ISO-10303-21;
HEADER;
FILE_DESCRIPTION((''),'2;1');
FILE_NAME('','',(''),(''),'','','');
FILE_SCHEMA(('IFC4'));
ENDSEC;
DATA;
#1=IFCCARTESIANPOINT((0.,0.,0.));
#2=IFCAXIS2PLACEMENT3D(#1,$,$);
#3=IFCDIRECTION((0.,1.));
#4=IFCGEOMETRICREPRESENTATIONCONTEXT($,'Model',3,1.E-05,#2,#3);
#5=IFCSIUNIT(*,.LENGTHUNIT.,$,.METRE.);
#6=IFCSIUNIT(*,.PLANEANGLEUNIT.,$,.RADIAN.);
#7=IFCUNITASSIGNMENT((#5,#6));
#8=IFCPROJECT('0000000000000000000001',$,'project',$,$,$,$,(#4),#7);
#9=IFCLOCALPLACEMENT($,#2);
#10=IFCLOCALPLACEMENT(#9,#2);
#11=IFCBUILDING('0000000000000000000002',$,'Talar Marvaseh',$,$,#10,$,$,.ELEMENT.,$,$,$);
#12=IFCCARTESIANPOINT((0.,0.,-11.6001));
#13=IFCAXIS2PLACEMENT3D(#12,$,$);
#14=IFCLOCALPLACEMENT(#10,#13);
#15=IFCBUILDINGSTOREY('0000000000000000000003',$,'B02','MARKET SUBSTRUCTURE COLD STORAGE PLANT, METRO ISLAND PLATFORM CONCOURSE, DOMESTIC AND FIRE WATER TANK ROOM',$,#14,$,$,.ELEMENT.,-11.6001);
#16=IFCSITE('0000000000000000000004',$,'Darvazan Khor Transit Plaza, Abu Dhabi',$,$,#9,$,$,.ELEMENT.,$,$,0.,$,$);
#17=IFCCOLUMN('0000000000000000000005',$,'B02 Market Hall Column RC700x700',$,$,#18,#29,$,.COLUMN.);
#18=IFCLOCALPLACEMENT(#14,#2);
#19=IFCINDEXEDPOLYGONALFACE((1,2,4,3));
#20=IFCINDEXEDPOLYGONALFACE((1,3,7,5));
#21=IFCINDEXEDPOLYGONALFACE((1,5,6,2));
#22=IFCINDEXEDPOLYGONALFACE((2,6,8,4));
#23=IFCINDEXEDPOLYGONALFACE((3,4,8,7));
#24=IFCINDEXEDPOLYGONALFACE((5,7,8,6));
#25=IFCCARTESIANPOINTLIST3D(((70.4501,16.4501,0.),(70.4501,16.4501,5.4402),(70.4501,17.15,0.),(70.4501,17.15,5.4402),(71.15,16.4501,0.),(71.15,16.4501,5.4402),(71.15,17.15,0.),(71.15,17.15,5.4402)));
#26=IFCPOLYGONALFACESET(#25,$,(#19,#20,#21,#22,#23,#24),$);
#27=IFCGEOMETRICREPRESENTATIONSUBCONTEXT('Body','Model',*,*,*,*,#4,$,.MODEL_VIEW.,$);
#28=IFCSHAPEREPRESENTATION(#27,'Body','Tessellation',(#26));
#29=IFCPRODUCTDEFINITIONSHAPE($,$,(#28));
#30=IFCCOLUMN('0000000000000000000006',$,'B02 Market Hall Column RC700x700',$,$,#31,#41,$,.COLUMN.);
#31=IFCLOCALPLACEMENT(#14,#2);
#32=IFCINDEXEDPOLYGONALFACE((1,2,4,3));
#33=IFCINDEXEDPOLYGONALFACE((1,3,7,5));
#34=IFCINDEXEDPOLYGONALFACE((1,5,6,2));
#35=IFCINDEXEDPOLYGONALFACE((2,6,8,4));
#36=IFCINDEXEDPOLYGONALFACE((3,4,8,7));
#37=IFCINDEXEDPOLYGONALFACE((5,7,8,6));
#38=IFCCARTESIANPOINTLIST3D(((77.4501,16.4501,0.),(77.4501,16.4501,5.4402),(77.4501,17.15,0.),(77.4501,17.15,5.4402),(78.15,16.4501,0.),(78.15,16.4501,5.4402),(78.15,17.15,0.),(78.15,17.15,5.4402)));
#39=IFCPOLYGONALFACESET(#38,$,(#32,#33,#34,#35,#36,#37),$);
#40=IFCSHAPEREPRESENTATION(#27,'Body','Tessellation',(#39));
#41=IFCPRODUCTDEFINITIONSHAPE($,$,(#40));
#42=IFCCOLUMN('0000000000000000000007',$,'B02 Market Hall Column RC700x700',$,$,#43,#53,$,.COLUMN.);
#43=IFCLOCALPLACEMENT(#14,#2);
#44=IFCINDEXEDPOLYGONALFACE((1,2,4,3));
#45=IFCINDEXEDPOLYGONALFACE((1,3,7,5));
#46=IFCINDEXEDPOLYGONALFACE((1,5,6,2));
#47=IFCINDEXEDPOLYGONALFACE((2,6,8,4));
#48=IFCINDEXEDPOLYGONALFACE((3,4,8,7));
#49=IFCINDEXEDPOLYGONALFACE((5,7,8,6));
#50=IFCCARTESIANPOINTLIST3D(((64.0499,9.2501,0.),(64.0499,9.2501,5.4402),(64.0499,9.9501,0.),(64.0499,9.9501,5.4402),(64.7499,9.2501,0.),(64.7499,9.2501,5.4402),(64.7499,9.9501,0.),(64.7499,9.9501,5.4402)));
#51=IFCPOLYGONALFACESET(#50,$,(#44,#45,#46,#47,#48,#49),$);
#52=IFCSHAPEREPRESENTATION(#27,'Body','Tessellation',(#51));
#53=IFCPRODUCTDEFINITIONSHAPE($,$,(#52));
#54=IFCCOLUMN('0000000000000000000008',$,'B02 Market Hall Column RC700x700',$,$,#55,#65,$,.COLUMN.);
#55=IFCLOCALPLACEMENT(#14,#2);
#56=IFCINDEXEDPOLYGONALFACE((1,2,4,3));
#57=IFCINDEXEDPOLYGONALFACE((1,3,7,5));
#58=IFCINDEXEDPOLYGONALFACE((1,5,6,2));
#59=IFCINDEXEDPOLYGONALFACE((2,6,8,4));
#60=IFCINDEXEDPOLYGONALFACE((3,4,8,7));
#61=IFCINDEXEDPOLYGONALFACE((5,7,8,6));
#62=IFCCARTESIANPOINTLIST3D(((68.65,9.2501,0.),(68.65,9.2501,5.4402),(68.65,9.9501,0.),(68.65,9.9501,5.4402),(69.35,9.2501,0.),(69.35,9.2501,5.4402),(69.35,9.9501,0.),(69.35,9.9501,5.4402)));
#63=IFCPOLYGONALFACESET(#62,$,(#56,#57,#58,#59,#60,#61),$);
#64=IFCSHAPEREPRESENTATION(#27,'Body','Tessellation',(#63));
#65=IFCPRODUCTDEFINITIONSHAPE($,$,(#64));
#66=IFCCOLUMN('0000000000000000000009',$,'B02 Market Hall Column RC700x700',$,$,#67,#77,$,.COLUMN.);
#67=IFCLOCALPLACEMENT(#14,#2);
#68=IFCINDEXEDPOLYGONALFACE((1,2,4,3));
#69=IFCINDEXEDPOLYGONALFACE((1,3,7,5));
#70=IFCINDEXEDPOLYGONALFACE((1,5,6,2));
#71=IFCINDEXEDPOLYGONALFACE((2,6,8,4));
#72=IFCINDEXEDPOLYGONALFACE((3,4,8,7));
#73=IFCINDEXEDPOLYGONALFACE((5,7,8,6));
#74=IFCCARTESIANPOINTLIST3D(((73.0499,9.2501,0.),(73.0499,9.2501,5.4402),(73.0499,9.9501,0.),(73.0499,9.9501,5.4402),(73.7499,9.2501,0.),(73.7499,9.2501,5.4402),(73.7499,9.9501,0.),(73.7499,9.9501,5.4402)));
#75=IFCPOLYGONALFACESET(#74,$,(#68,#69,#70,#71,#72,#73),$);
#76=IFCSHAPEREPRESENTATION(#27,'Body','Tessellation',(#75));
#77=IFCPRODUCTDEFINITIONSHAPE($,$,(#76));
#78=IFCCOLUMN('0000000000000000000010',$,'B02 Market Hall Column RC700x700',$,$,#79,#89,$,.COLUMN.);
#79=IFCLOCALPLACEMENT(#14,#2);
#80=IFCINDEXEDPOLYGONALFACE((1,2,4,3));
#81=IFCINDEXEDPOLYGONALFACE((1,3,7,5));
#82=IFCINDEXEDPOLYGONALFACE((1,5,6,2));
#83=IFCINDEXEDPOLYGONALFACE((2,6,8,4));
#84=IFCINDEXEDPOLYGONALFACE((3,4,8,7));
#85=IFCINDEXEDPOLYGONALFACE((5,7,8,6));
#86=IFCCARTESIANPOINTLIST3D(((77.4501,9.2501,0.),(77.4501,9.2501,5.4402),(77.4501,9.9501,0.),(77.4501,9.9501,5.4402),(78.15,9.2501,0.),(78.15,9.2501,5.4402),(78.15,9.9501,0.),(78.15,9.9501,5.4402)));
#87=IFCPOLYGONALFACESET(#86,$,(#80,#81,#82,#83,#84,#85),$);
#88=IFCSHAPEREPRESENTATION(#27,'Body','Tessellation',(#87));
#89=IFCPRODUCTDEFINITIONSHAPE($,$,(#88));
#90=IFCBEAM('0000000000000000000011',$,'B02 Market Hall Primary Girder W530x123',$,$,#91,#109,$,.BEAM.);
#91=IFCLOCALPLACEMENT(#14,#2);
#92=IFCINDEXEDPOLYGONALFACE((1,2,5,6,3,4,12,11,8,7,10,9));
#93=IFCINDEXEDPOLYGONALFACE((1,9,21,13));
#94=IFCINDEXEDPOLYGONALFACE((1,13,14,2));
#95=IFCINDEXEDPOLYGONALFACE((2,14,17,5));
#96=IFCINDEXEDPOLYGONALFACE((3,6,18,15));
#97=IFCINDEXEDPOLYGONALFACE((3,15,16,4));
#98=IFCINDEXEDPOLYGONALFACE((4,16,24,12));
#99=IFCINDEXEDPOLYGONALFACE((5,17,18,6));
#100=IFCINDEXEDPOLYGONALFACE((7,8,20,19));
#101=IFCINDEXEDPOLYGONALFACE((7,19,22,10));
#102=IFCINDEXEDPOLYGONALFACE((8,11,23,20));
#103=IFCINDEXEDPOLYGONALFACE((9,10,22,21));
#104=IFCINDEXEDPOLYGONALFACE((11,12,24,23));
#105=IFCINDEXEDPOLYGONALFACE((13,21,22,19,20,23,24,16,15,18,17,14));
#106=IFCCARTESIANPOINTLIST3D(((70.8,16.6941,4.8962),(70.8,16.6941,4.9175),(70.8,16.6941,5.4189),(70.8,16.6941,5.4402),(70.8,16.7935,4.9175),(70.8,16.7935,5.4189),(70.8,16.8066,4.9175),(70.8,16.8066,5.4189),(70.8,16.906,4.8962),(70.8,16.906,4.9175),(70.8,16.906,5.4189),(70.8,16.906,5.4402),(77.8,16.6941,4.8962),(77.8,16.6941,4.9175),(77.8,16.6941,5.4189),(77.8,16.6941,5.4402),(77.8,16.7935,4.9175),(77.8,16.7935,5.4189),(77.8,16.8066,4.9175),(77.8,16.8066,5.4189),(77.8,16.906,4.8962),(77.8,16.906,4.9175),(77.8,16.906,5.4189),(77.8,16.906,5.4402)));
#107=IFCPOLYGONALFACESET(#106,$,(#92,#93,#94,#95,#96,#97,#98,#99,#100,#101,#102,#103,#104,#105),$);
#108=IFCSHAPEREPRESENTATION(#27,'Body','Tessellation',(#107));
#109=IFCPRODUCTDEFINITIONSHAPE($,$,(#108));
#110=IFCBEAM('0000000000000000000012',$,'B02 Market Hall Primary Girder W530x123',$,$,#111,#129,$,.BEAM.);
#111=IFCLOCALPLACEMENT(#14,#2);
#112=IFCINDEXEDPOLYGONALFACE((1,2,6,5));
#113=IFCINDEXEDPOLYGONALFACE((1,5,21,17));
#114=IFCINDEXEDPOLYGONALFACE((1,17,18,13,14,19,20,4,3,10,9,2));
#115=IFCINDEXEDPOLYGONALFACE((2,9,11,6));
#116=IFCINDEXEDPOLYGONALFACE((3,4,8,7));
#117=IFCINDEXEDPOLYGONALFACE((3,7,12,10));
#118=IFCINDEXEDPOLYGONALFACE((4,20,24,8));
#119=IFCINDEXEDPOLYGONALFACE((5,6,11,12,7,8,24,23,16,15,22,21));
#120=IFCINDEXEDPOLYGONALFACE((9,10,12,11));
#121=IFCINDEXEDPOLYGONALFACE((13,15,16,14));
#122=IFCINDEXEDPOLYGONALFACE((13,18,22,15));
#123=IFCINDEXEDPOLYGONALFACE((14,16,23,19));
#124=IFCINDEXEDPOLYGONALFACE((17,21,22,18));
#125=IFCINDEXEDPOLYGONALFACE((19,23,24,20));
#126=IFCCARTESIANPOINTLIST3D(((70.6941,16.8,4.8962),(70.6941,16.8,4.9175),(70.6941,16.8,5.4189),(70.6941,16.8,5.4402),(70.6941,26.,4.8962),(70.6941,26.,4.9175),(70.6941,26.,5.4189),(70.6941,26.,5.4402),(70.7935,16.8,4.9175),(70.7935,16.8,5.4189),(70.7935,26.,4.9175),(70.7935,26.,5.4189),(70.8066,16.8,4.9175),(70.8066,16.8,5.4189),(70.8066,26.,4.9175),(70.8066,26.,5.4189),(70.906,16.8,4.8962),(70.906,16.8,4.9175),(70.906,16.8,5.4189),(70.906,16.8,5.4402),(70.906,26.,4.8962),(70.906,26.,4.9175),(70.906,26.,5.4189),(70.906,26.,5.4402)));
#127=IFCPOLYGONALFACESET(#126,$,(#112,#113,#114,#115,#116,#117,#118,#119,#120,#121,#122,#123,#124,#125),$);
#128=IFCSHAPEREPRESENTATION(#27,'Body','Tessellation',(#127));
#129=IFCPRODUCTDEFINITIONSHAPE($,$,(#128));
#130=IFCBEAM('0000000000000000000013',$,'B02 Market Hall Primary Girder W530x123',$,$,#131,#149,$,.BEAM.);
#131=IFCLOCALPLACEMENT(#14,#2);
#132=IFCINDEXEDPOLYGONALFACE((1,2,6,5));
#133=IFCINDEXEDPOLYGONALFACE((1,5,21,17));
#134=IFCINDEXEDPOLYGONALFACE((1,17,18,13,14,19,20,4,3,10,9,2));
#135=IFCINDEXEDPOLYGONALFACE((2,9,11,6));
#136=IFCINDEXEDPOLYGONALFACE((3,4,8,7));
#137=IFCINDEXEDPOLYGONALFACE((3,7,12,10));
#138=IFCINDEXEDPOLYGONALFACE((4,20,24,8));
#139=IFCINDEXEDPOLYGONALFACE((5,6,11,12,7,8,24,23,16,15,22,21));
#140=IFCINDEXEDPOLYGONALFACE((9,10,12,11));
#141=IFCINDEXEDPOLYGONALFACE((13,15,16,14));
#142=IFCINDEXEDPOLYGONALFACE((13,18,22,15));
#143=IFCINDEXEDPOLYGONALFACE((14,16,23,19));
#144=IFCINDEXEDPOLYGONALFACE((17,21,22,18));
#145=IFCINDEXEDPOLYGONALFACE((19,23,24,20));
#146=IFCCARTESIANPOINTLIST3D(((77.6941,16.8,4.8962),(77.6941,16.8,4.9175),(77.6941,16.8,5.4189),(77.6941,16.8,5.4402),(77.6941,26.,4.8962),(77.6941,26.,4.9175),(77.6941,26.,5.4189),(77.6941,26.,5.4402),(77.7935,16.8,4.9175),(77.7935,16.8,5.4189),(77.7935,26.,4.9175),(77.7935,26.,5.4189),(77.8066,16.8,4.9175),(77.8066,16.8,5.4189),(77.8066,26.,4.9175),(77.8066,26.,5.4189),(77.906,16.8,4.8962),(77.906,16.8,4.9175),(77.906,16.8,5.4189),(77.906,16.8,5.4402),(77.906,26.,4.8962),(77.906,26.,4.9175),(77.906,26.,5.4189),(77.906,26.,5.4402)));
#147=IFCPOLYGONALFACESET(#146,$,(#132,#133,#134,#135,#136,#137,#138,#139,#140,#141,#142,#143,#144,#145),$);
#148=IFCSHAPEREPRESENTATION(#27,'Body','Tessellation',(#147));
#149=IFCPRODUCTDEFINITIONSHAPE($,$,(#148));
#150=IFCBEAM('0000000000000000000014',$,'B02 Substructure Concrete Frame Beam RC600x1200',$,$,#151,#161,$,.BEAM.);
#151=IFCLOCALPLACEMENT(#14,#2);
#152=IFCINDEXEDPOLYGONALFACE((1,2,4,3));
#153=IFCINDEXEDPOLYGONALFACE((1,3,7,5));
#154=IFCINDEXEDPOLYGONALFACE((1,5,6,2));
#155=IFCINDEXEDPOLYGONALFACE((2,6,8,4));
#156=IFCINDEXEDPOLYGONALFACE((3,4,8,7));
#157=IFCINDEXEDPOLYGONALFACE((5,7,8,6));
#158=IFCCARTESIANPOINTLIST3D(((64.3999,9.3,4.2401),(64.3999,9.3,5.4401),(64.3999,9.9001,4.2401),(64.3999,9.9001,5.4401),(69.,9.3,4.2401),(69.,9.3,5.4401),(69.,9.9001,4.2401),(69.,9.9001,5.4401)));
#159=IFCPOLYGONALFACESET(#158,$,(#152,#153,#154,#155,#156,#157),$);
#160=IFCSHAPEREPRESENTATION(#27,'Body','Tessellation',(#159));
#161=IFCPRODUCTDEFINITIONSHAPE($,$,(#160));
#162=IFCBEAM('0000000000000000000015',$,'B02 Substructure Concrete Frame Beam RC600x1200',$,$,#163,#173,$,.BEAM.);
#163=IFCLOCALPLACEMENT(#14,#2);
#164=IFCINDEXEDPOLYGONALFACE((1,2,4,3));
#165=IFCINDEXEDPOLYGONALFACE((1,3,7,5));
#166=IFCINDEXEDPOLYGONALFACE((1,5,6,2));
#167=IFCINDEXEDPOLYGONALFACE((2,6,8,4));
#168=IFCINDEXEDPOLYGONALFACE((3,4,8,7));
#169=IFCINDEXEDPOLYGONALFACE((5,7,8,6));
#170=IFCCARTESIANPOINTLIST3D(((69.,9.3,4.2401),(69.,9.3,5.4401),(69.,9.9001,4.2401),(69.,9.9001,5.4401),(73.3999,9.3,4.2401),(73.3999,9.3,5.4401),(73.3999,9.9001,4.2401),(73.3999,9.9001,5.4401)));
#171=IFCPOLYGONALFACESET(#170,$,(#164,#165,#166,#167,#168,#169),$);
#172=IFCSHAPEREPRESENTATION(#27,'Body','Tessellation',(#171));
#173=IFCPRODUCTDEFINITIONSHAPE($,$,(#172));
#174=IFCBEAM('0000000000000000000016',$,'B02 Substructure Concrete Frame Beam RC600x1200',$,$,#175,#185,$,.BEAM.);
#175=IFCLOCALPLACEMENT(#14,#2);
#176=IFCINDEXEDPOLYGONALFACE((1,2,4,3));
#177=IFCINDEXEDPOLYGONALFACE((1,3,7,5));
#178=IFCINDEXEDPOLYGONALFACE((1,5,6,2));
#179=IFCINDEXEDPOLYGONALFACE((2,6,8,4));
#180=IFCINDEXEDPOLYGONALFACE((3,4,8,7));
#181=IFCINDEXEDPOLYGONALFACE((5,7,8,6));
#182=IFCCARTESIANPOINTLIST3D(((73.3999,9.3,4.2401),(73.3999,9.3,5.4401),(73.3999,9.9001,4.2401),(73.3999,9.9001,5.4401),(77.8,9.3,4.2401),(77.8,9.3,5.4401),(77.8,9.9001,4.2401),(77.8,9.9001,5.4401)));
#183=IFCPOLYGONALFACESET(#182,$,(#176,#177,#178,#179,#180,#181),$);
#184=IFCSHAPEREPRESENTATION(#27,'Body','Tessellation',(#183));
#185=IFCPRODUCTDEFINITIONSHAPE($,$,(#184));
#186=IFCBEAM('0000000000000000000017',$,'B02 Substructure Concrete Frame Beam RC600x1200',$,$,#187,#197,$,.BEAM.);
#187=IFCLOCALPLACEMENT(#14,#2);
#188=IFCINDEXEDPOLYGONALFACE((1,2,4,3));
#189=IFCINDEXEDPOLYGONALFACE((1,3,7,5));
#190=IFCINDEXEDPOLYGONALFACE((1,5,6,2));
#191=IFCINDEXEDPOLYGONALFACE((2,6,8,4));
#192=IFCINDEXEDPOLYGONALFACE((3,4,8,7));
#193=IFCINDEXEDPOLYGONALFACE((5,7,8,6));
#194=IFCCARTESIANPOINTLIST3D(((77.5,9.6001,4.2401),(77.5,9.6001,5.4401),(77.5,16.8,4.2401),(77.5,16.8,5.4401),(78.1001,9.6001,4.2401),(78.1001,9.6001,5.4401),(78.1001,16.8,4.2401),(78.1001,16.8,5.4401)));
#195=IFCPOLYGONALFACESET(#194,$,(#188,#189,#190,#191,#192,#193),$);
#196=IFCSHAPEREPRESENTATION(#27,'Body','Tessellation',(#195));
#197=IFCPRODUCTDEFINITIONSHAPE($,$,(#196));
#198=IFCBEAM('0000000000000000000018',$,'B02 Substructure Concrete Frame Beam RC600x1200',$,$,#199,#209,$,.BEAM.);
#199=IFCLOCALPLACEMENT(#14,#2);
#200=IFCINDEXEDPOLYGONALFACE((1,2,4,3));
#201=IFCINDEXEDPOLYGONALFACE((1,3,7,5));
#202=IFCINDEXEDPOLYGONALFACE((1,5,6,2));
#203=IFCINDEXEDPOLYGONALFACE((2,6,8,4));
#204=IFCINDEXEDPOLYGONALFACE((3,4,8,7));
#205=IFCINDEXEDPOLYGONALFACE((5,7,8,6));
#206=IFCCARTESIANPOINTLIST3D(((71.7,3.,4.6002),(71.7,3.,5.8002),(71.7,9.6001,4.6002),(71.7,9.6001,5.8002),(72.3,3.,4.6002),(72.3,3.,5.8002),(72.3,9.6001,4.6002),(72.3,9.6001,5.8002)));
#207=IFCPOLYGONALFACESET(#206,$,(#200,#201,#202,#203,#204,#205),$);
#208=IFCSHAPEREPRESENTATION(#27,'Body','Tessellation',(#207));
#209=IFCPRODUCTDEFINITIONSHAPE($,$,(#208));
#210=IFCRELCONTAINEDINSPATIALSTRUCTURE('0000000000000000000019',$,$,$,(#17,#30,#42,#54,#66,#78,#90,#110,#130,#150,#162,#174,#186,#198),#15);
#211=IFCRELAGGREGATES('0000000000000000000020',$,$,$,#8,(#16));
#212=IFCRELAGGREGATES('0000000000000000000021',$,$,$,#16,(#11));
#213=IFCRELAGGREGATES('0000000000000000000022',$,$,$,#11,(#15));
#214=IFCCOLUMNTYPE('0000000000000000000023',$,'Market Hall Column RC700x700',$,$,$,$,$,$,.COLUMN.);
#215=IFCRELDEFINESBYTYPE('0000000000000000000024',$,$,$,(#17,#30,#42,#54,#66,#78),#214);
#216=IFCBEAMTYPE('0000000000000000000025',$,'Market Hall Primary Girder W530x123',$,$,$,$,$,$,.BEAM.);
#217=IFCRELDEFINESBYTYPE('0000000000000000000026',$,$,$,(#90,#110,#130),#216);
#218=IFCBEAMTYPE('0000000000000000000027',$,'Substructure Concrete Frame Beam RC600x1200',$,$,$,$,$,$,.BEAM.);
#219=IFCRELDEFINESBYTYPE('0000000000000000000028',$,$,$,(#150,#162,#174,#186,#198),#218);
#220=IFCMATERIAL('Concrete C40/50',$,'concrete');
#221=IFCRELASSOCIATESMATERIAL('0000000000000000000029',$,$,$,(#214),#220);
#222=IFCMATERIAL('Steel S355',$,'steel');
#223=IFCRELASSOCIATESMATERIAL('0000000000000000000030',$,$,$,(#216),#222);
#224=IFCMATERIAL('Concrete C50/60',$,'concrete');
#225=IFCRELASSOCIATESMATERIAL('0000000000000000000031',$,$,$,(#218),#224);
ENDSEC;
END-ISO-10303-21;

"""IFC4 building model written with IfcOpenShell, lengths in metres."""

from ifc_helpers import new_model, si_unit, direction, frame, origin, origin_2d, place, context, subcontext, project, spatial, rectangle, i_section, extrude, material, material_profile, profile_set, type_object, element, save


model = new_model("IFC4")

# Units and contexts
model_context = context("Model", 3, precision=1e-05, world=origin(), true_north=direction((0.0, 1.0)))
body_context = subcontext(model_context, "Body", "Model", "MODEL_VIEW")
ifc_project = project(units=[si_unit("LENGTHUNIT", "METRE"), si_unit("PLANEANGLEUNIT", "RADIAN")], contexts=[model_context])

# Site, building, storey
site_placement = place(None, origin())
site = spatial("IfcSite", under=ifc_project, at=site_placement, Name="Darvazan Khor Transit Plaza, Abu Dhabi", CompositionType="ELEMENT", RefElevation=0.0)
building_placement = place(site_placement, origin())
building = spatial("IfcBuilding", under=site, at=building_placement, Name="Talar Marvaseh", CompositionType="ELEMENT")
storey_placement = place(building_placement, frame((0.0, 0.0, -11.6001)))
storey = spatial("IfcBuildingStorey", under=building, at=storey_placement, Name="B02", Description="MARKET SUBSTRUCTURE COLD STORAGE PLANT, METRO ISLAND PLATFORM CONCOURSE, DOMESTIC AND FIRE WATER TANK ROOM", CompositionType="ELEMENT", Elevation=-11.6001)

# Shared definitions
ifc_material_1 = material(Name="Concrete C50/60", Category="concrete")

# Columns
ifc_material_2 = material(Name="Concrete C40/50", Category="concrete")
ifc_material_profile_1 = material_profile(ifc_material_2, rectangle(XDim=0.7, YDim=0.7, at=origin_2d()), Name="RC700x700")
ifc_profile_set_1 = profile_set([ifc_material_profile_1], Name="Concrete C40/50")
column_type = type_object("IfcColumnType", Name="Market Hall Column RC700x700", PredefinedType="COLUMN", material=ifc_profile_set_1)
for number, where, z_axis, x_axis, name in (
    (1, (70.8, 16.8, 0.0), (0.0, 0.0, 1.0), (1.0, 0.0, 0.0), "B02 Market Hall Column RC700x700"),
    (2, (77.8, 16.8, 0.0), (0.0, 0.0, 1.0), (1.0, 0.0, 0.0), "B02 Market Hall Column RC700x700"),
    (3, (64.3999, 9.6001, 0.0), (0.0, 0.0, 1.0), (1.0, 0.0, 0.0), "B02 Market Hall Column RC700x700"),
    (4, (69.0, 9.6001, 0.0), (0.0, 0.0, 1.0), (1.0, 0.0, 0.0), "B02 Market Hall Column RC700x700"),
    (5, (73.3999, 9.6001, 0.0), (0.0, 0.0, 1.0), (1.0, 0.0, 0.0), "B02 Market Hall Column RC700x700"),
    (6, (77.8, 9.6001, 0.0), (0.0, 0.0, 1.0), (1.0, 0.0, 0.0), "B02 Market Hall Column RC700x700"),
):
    element("IfcColumn", number, at=place(storey_placement, frame(where, z_axis=z_axis, x_axis=x_axis)), inside=storey, type_object=column_type, Name=name, PredefinedType="COLUMN", context=body_context, shape_type="SweptSolid", body=[
        extrude(rectangle(XDim=0.7, YDim=0.7, at=origin_2d()), origin(), (0.0, 0.0, 1.0), 5.4402),
    ])

# Beams
ifc_material_3 = material(Name="Steel S355", Category="steel")
ifc_material_profile_2 = material_profile(ifc_material_3, i_section(OverallWidth=0.2119, OverallDepth=0.5439, WebThickness=0.0132, FlangeThickness=0.0212, at=origin_2d()), Name="W530x123")
ifc_profile_set_2 = profile_set([ifc_material_profile_2], Name="Steel S355")
beam_type_1 = type_object("IfcBeamType", Name="Market Hall Primary Girder W530x123", PredefinedType="BEAM", material=ifc_profile_set_2)
beam_1_placement = place(storey_placement, frame((70.8, 16.8, 5.1682), z_axis=(1.0, 0.0, 0.0), x_axis=(0.0, 1.0, 0.0)))
element("IfcBeam", 7, at=beam_1_placement, inside=storey, type_object=beam_type_1, Name="B02 Market Hall Primary Girder W530x123", PredefinedType="BEAM", context=body_context, shape_type="SweptSolid", body=[
    extrude(i_section(OverallWidth=0.2119, OverallDepth=0.5439, WebThickness=0.0132, FlangeThickness=0.0212, at=origin_2d()), origin(), (0.0, 0.0, 1.0), 7.0),
])
for number, where, z_axis, x_axis, name in (
    (8, (70.8, 16.8, 5.1682), (0.0, 1.0, 0.0), (-1.0, 0.0, 0.0), "B02 Market Hall Primary Girder W530x123"),
    (9, (77.8, 16.8, 5.1682), (0.0, 1.0, 0.0), (-1.0, 0.0, 0.0), "B02 Market Hall Primary Girder W530x123"),
):
    element("IfcBeam", number, at=place(storey_placement, frame(where, z_axis=z_axis, x_axis=x_axis)), inside=storey, type_object=beam_type_1, Name=name, PredefinedType="BEAM", context=body_context, shape_type="SweptSolid", body=[
        extrude(i_section(OverallWidth=0.2119, OverallDepth=0.5439, WebThickness=0.0132, FlangeThickness=0.0212, at=origin_2d()), origin(), (0.0, 0.0, 1.0), 9.2),
    ])
ifc_material_profile_3 = material_profile(ifc_material_1, rectangle(XDim=0.6001, YDim=1.2, at=origin_2d()), Name="RC600x1200")
ifc_profile_set_3 = profile_set([ifc_material_profile_3], Name="Concrete C50/60")
beam_type_2 = type_object("IfcBeamType", Name="Substructure Concrete Frame Beam RC600x1200", PredefinedType="BEAM", material=ifc_profile_set_3)
beam_2_placement = place(storey_placement, frame((64.3999, 9.6001, 4.8401), z_axis=(1.0, 0.0, 0.0), x_axis=(0.0, 1.0, 0.0)))
element("IfcBeam", 10, at=beam_2_placement, inside=storey, type_object=beam_type_2, Name="B02 Substructure Concrete Frame Beam RC600x1200", PredefinedType="BEAM", context=body_context, shape_type="SweptSolid", body=[
    extrude(rectangle(XDim=0.6001, YDim=1.2, at=origin_2d()), origin(), (0.0, 0.0, 1.0), 4.6001),
])
beam_3_placement = place(storey_placement, frame((69.0, 9.6001, 4.8401), z_axis=(1.0, 0.0, 0.0), x_axis=(0.0, 1.0, 0.0)))
element("IfcBeam", 11, at=beam_3_placement, inside=storey, type_object=beam_type_2, Name="B02 Substructure Concrete Frame Beam RC600x1200", PredefinedType="BEAM", context=body_context, shape_type="SweptSolid", body=[
    extrude(rectangle(XDim=0.6001, YDim=1.2, at=origin_2d()), origin(), (0.0, 0.0, 1.0), 4.3999),
])
beam_4_placement = place(storey_placement, frame((73.3999, 9.6001, 4.8401), z_axis=(1.0, 0.0, 0.0), x_axis=(0.0, 1.0, 0.0)))
element("IfcBeam", 12, at=beam_4_placement, inside=storey, type_object=beam_type_2, Name="B02 Substructure Concrete Frame Beam RC600x1200", PredefinedType="BEAM", context=body_context, shape_type="SweptSolid", body=[
    extrude(rectangle(XDim=0.6001, YDim=1.2, at=origin_2d()), origin(), (0.0, 0.0, 1.0), 4.4001),
])
beam_5_placement = place(storey_placement, frame((77.8, 9.6001, 4.8401), z_axis=(0.0, 1.0, 0.0), x_axis=(-1.0, 0.0, 0.0)))
element("IfcBeam", 13, at=beam_5_placement, inside=storey, type_object=beam_type_2, Name="B02 Substructure Concrete Frame Beam RC600x1200", PredefinedType="BEAM", context=body_context, shape_type="SweptSolid", body=[
    extrude(rectangle(XDim=0.6001, YDim=1.2, at=origin_2d()), origin(), (0.0, 0.0, 1.0), 7.2),
])
beam_6_placement = place(storey_placement, frame((72.0, 3.0, 5.2002), z_axis=(0.0, 1.0, 0.0), x_axis=(-1.0, 0.0, 0.0)))
element("IfcBeam", 14, at=beam_6_placement, inside=storey, type_object=beam_type_2, Name="B02 Substructure Concrete Frame Beam RC600x1200", PredefinedType="BEAM", context=body_context, shape_type="SweptSolid", body=[
    extrude(rectangle(XDim=0.6001, YDim=1.2, at=origin_2d()), origin(), (0.0, 0.0, 1.0), 6.6001),
])

save(model, "model.ifc")
